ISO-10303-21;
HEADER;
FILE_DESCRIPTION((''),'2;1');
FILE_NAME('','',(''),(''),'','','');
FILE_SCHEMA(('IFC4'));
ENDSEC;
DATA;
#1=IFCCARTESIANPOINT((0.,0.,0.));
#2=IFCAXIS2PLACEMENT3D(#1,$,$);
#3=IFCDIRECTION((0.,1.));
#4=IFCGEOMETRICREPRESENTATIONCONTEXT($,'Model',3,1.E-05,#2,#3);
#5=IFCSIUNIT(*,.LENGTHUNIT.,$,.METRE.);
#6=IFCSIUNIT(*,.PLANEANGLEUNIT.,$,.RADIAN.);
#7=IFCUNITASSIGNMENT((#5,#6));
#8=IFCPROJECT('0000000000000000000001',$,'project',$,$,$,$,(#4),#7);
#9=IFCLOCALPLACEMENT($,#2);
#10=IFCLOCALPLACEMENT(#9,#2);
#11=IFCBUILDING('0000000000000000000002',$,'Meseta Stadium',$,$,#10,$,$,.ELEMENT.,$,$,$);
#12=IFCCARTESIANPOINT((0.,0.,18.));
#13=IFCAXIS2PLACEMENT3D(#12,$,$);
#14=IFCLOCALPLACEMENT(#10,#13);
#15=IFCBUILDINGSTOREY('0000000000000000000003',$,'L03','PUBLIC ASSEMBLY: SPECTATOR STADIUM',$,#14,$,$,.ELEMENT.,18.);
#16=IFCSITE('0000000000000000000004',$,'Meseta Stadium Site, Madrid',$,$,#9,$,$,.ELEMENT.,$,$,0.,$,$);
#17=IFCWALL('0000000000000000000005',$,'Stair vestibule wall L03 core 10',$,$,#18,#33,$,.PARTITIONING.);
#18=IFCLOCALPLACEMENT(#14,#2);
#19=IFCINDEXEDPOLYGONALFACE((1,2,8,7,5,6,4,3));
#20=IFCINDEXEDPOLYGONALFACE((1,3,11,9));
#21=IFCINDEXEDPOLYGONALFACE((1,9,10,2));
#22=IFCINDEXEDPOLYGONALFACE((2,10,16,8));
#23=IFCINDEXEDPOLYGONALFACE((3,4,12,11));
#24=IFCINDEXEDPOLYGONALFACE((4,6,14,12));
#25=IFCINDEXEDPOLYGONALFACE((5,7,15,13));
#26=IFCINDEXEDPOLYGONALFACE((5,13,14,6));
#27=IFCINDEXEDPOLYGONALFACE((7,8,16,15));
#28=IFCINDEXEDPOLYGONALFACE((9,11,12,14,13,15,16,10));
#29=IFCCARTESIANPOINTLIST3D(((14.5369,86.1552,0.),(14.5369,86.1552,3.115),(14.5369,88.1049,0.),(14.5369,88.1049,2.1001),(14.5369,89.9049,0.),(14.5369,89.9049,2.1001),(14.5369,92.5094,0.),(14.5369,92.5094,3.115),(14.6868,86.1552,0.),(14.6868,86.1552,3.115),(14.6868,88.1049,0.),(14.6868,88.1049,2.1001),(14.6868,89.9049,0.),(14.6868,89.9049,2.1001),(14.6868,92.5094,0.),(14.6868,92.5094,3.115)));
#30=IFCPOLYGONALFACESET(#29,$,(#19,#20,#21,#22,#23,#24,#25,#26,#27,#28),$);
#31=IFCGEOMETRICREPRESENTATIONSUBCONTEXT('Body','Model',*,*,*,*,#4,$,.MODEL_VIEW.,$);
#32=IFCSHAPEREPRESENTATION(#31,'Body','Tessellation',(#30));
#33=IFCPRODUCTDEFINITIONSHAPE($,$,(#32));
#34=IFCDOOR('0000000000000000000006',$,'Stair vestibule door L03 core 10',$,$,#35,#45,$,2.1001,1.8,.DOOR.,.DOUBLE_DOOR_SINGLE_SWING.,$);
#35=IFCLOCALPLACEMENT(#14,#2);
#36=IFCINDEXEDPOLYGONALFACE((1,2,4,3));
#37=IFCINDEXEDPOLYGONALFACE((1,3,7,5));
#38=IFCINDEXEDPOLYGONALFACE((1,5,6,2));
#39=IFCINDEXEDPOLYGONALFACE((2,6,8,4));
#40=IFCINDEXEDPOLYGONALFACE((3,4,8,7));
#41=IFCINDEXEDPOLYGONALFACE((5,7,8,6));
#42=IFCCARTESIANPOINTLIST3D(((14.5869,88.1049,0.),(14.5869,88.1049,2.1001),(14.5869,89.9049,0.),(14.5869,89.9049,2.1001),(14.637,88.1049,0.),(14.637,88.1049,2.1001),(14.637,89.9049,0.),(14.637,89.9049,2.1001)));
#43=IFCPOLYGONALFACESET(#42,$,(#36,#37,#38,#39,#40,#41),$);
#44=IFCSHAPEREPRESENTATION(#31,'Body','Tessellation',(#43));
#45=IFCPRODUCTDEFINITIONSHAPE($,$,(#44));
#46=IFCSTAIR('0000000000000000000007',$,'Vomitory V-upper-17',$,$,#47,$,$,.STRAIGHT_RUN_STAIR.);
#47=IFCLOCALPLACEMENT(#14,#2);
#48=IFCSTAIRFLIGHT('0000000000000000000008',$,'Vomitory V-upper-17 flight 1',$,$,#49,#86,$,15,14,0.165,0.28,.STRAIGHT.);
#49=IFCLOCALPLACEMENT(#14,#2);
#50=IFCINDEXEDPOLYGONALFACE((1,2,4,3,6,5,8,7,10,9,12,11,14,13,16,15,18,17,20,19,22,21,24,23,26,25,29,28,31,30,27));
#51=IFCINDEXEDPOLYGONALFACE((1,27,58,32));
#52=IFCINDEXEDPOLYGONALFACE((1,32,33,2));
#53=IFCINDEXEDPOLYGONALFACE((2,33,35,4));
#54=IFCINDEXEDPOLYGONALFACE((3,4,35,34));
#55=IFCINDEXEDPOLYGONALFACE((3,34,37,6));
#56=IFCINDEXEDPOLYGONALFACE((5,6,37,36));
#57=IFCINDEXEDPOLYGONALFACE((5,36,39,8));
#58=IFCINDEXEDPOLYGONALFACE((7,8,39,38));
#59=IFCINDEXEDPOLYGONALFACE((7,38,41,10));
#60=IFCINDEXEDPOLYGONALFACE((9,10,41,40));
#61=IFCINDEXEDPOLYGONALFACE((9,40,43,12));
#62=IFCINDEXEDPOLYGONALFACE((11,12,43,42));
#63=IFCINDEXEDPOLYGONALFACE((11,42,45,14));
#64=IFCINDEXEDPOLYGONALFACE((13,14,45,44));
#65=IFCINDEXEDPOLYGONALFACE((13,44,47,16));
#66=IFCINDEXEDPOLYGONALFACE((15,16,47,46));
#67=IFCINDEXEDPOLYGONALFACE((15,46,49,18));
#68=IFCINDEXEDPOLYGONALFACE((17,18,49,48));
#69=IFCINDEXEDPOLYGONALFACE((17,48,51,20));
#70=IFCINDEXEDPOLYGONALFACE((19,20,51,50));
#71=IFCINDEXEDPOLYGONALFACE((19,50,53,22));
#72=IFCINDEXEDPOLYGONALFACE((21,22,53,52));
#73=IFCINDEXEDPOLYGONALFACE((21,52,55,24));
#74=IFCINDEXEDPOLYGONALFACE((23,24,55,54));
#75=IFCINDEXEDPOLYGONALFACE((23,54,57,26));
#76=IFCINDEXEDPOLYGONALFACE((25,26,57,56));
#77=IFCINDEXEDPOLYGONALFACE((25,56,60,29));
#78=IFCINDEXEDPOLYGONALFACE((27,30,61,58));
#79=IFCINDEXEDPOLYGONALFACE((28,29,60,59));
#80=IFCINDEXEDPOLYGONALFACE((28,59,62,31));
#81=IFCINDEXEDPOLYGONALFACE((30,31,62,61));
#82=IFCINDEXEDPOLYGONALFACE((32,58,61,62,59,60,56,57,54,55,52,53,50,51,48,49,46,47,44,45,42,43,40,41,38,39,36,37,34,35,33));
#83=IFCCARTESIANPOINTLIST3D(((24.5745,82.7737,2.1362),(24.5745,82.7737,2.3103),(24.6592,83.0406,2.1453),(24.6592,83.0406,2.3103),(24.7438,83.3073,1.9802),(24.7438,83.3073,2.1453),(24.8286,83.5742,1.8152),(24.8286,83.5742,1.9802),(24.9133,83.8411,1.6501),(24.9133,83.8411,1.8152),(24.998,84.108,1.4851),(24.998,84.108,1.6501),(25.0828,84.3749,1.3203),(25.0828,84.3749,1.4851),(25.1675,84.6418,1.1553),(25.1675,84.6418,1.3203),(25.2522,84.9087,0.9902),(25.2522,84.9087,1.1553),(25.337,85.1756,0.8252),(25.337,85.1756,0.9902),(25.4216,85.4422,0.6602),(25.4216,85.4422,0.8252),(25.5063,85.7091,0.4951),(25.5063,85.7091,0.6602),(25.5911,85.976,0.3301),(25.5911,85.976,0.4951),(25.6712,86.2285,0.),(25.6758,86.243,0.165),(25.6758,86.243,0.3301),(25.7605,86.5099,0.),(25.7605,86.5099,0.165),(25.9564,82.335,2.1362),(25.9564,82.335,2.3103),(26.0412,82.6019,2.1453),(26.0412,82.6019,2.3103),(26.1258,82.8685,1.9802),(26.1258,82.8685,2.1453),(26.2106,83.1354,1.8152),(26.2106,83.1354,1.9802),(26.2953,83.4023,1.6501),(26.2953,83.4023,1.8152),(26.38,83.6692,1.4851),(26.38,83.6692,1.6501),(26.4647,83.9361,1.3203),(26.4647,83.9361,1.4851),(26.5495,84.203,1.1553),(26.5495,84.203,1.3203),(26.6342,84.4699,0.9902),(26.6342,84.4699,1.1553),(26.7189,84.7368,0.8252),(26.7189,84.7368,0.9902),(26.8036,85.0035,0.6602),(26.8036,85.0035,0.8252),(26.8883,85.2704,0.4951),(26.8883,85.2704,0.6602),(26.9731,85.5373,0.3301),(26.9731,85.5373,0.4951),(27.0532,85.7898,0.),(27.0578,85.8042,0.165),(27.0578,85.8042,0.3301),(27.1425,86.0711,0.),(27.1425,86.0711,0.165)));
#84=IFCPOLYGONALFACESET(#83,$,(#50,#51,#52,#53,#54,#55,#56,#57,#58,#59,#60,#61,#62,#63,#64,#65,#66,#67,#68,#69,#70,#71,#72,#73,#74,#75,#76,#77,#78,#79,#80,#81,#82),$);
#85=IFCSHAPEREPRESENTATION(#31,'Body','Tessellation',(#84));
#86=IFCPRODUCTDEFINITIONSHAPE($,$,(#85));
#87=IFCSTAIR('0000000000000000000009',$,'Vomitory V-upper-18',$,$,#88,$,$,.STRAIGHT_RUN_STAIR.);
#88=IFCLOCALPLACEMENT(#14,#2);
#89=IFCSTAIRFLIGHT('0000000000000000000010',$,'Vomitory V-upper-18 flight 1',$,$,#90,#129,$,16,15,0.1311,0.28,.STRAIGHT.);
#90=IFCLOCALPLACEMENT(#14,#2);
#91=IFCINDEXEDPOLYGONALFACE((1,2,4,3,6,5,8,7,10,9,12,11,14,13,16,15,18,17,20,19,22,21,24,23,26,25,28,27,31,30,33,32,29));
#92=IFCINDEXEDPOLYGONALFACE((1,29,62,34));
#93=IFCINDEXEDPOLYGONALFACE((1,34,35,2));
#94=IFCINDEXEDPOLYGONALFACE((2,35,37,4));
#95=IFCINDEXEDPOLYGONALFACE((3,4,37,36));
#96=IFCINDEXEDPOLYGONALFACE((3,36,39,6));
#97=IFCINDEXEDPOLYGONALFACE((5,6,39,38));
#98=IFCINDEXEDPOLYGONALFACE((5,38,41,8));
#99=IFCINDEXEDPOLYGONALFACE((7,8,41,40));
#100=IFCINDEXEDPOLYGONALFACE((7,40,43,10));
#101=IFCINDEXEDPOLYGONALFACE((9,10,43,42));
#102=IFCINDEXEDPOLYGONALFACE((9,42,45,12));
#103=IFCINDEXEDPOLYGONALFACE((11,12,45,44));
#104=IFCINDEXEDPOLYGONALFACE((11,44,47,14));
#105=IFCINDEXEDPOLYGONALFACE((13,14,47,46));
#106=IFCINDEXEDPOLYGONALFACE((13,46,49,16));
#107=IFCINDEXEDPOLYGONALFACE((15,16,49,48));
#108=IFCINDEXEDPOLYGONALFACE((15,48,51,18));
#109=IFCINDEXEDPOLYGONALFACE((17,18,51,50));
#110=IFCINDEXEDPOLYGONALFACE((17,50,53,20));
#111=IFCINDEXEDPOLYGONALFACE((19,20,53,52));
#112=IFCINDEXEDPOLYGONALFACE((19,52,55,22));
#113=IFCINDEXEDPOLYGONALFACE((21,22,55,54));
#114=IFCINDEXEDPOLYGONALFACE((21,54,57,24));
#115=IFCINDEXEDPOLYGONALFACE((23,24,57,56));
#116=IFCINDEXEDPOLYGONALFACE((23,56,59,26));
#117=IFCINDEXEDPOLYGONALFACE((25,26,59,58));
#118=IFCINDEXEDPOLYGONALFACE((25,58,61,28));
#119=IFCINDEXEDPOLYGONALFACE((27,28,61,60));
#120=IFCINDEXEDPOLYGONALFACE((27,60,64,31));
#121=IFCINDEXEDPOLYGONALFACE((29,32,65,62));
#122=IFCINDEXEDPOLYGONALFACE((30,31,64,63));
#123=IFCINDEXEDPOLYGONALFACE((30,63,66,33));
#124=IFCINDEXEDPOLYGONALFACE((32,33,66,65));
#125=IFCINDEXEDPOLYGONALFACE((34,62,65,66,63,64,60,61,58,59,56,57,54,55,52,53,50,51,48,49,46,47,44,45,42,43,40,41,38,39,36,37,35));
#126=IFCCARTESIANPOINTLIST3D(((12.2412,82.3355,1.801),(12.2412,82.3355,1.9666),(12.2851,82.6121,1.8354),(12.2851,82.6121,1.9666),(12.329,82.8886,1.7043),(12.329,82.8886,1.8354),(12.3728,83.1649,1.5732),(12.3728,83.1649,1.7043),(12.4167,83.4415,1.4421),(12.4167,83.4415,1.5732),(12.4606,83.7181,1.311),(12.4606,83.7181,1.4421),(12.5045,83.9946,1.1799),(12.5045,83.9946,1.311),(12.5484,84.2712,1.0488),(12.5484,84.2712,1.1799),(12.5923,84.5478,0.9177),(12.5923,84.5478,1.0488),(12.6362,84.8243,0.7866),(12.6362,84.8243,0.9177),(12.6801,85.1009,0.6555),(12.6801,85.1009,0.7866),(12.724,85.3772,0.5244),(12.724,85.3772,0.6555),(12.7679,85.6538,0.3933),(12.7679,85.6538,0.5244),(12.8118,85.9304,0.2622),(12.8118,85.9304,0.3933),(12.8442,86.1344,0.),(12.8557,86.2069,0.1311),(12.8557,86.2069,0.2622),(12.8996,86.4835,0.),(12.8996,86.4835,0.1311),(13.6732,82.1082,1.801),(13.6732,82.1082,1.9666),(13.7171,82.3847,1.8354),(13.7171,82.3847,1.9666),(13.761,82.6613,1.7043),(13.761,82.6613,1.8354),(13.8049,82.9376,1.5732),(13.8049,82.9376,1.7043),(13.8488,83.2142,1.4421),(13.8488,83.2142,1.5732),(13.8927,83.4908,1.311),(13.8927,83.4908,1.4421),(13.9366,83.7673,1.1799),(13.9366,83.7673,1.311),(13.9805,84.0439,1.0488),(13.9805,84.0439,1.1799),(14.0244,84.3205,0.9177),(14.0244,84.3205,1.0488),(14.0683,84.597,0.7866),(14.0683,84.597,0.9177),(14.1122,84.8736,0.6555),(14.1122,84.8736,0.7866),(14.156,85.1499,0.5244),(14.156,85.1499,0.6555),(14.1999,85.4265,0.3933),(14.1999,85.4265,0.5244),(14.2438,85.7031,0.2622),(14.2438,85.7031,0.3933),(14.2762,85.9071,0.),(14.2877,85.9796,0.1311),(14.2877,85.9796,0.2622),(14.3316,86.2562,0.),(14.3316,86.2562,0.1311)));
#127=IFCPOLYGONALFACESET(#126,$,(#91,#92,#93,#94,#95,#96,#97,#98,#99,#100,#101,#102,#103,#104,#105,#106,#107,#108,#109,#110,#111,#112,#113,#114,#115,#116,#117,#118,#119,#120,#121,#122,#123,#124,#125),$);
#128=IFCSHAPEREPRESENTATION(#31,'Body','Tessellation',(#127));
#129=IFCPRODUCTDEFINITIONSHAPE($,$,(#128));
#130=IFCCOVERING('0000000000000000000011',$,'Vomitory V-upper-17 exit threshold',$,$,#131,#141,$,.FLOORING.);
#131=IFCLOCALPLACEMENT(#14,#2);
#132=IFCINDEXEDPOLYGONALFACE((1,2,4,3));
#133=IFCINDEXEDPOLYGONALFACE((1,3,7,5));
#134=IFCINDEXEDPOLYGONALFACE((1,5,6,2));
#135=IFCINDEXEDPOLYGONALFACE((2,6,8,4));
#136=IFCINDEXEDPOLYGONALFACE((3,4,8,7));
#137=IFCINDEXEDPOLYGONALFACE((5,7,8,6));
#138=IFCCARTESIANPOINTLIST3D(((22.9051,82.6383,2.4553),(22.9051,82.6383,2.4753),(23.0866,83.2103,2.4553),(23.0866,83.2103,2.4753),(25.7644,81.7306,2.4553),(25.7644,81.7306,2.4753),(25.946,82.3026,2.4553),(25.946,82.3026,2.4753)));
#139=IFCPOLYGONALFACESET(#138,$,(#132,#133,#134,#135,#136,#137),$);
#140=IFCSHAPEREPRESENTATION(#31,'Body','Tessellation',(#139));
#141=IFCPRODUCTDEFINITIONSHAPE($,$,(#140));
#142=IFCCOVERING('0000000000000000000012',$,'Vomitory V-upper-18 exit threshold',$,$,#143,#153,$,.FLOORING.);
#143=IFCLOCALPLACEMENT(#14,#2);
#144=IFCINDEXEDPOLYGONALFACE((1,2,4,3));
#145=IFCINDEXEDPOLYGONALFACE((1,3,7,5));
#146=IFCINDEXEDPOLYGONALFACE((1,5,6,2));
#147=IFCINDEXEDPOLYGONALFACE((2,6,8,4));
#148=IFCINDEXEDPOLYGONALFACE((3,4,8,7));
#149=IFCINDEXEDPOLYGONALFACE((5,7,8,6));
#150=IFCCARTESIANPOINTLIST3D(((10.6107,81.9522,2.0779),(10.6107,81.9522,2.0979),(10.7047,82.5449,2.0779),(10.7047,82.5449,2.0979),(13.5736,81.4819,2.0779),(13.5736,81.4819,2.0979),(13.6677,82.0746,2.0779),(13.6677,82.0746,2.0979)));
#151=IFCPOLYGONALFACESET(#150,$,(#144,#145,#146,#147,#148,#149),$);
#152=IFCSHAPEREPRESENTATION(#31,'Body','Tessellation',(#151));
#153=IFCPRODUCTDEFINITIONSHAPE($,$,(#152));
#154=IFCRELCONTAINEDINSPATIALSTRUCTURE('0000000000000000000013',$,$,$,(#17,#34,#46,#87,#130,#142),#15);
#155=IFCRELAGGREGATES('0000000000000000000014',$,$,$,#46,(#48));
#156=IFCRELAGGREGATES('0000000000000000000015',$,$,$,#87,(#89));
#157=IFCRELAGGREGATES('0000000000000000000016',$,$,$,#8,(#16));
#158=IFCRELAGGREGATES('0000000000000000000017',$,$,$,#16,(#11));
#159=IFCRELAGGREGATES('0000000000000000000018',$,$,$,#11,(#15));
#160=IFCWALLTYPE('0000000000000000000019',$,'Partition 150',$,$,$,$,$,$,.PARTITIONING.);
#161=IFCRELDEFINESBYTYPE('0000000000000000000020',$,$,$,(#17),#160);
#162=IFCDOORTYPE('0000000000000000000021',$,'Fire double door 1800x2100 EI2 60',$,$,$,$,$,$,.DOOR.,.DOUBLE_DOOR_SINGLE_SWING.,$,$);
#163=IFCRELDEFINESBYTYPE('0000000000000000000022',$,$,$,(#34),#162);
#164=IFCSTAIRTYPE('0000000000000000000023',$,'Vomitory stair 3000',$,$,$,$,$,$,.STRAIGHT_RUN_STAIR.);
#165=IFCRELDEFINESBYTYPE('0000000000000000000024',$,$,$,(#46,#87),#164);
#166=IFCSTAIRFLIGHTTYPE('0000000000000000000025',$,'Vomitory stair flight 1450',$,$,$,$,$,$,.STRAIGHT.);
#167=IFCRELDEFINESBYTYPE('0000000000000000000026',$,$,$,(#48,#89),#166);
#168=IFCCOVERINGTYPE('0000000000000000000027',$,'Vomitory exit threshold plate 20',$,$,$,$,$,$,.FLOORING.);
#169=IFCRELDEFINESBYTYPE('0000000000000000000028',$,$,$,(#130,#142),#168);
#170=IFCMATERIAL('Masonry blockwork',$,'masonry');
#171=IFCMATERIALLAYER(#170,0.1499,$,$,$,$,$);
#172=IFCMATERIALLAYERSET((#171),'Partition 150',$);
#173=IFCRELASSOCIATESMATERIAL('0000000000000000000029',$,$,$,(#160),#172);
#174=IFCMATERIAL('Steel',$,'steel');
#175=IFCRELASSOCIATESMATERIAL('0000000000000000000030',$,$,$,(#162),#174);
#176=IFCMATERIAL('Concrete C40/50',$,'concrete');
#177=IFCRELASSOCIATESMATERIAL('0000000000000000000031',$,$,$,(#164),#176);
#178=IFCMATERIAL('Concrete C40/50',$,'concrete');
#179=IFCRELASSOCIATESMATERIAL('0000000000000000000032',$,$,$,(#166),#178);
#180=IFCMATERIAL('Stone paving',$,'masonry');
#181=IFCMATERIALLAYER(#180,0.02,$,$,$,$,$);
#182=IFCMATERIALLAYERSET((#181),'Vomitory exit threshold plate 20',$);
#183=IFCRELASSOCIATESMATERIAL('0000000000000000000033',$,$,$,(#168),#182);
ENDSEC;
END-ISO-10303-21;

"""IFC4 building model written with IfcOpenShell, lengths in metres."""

from ifc_helpers import new_model, si_unit, direction, frame, frame_2d, origin, origin_2d, place, context, subcontext, project, spatial, polyline, rectangle, outline, extrude, material, layer, layer_set, type_object, element, fill, aggregate, save


model = new_model("IFC4")

# Units and contexts
model_context = context("Model", 3, precision=1e-05, world=origin(), true_north=direction((0.0, 1.0)))
body_context = subcontext(model_context, "Body", "Model", "MODEL_VIEW")
ifc_project = project(units=[si_unit("LENGTHUNIT", "METRE"), si_unit("PLANEANGLEUNIT", "RADIAN")], contexts=[model_context])

# Site, building, storey
site_placement = place(None, origin())
site = spatial("IfcSite", under=ifc_project, at=site_placement, Name="Meseta Stadium Site, Madrid", CompositionType="ELEMENT", RefElevation=0.0)
building_placement = place(site_placement, origin())
building = spatial("IfcBuilding", under=site, at=building_placement, Name="Meseta Stadium", CompositionType="ELEMENT")
storey_placement = place(building_placement, frame((0.0, 0.0, 18.0)))
storey = spatial("IfcBuildingStorey", under=building, at=storey_placement, Name="L03", Description="PUBLIC ASSEMBLY: SPECTATOR STADIUM", CompositionType="ELEMENT", Elevation=18.0)

# Shared definitions
ifc_material_1 = material(Name="Masonry blockwork", Category="masonry")
ifc_layer_1 = layer(ifc_material_1, 0.1499)
ifc_layer_set_1 = layer_set([ifc_layer_1], Name="Partition 150")
wall_type = type_object("IfcWallType", Name="Partition 150", PredefinedType="PARTITIONING", material=ifc_layer_set_1)

# Wall, opening, door
wall_1_placement = place(storey_placement, frame((14.6118, 86.155, 0.0), z_axis=(0.0, 0.0, 1.0), x_axis=(0.0, 1.0, 0.0)))
wall_1 = element("IfcWall", 1, at=wall_1_placement, inside=storey, type_object=wall_type, Name="Stair vestibule wall L03 core 10", PredefinedType="PARTITIONING", context=body_context, shape_type="SweptSolid", body=[
    extrude(rectangle(XDim=6.3542, YDim=0.1499, at=frame_2d((3.1772, 0.0))), origin(), (0.0, 0.0, 1.0), 3.115),
])
opening_placement = place(wall_1_placement, frame((1.95, 0.0, 0.0)))
opening = element("IfcOpeningElement", 2, at=opening_placement, cuts=wall_1, PredefinedType="OPENING", context=body_context, shape_type="SweptSolid", body=[
    extrude(rectangle(XDim=1.8, YDim=2.1001, at=frame_2d((0.8999, 1.05))), frame((0.0, 0.085, 0.0), z_axis=(0.0, -1.0, 0.0), x_axis=(1.0, 0.0, 0.0)), (0.0, 0.0, 1.0), 0.1699),
])
ifc_material_2 = material(Name="Steel", Category="steel")
door_type = type_object("IfcDoorType", Name="Fire double door 1800x2100 EI2 60", OperationType="DOUBLE_DOOR_SINGLE_SWING", PredefinedType="DOOR", material=ifc_material_2)
door_placement = place(opening_placement, origin())
door = element("IfcDoor", 3, at=door_placement, inside=storey, type_object=door_type, Name="Stair vestibule door L03 core 10", OperationType="DOUBLE_DOOR_SINGLE_SWING", OverallHeight=2.1001, OverallWidth=1.8, PredefinedType="DOOR", context=body_context, shape_type="SweptSolid", body=[
    extrude(rectangle(XDim=1.8, YDim=2.1001, at=frame_2d((0.8999, 1.05))), frame((0.0, 0.0249, 0.0), z_axis=(0.0, -1.0, 0.0), x_axis=(1.0, 0.0, 0.0)), (0.0, 0.0, 1.0), 0.05),
])
fill(opening, door)

# Stairs, stair flights
ifc_material_3 = material(Name="Concrete C40/50", Category="concrete")
stair_type = type_object("IfcStairType", Name="Vomitory stair 3000", PredefinedType="STRAIGHT_RUN_STAIR", material=ifc_material_3)
stair_1_placement = place(storey_placement, origin())
stair_1 = element("IfcStair", 4, at=stair_1_placement, inside=storey, type_object=stair_type, Name="Vomitory V-upper-17", PredefinedType="STRAIGHT_RUN_STAIR")
ifc_material_4 = material(Name="Concrete C40/50", Category="concrete")
stair_flight_type = type_object("IfcStairFlightType", Name="Vomitory stair flight 1450", PredefinedType="STRAIGHT", material=ifc_material_4)
stair_flight_1_placement = place(storey_placement, frame((26.4514, 86.2905, 0.0), z_axis=(0.0, 0.0, 1.0), x_axis=(-0.30258, -0.953124, 0.0)))
stair_flight_1 = element("IfcStairFlight", 5, at=stair_flight_1_placement, type_object=stair_flight_type, Name="Vomitory V-upper-17 flight 1", NumberOfRisers=15, NumberOfTreads=14, PredefinedType="STRAIGHT", RiserHeight=0.165, TreadLength=0.28, context=body_context, shape_type="SweptSolid", body=[
    extrude(outline(polyline([(0.0, 0.0), (0.0, 0.165), (0.28, 0.165), (0.28, 0.3301), (0.5601, 0.3301), (0.5601, 0.4951), (0.8401, 0.4951), (0.8401, 0.6602), (1.1201, 0.6602), (1.1201, 0.8252), (1.3999, 0.8252), (1.3999, 0.9902), (1.6799, 0.9902), (1.6799, 1.1553), (1.96, 1.1553), (1.96, 1.3203), (2.24, 1.3203), (2.24, 1.4851), (2.52, 1.4851), (2.52, 1.6501), (2.8, 1.6501), (2.8, 1.8152), (3.0801, 1.8152), (3.0801, 1.9802), (3.3601, 1.9802), (3.3601, 2.1453), (3.6399, 2.1453), (3.6399, 2.3103), (3.9199, 2.3103), (3.9199, 2.1362), (0.2952, 0.0), (0.0, 0.0)])), frame((0.0, 0.7251, 0.0), z_axis=(0.0, -1.0, 0.0), x_axis=(1.0, 0.0, 0.0)), (0.0, 0.0, 1.0), 1.45),
])
aggregate(stair_1, [stair_flight_1])
stair_2_placement = place(storey_placement, origin())
stair_2 = element("IfcStair", 6, at=stair_2_placement, inside=storey, type_object=stair_type, Name="Vomitory V-upper-18", PredefinedType="STRAIGHT_RUN_STAIR")
stair_flight_2_placement = place(storey_placement, frame((13.6155, 86.3699, 0.0), z_axis=(0.0, 0.0, 1.0), x_axis=(-0.156767, -0.987636, 0.0)))
stair_flight_2 = element("IfcStairFlight", 7, at=stair_flight_2_placement, type_object=stair_flight_type, Name="Vomitory V-upper-18 flight 1", NumberOfRisers=16, NumberOfTreads=15, PredefinedType="STRAIGHT", RiserHeight=0.1311, TreadLength=0.28, context=body_context, shape_type="SweptSolid", body=[
    extrude(outline(polyline([(0.0, 0.0), (0.0, 0.1311), (0.28, 0.1311), (0.28, 0.2622), (0.5601, 0.2622), (0.5601, 0.3933), (0.8401, 0.3933), (0.8401, 0.5244), (1.1201, 0.5244), (1.1201, 0.6555), (1.3999, 0.6555), (1.3999, 0.7866), (1.6799, 0.7866), (1.6799, 0.9177), (1.96, 0.9177), (1.96, 1.0488), (2.24, 1.0488), (2.24, 1.1799), (2.52, 1.1799), (2.52, 1.311), (2.8, 1.311), (2.8, 1.4421), (3.0801, 1.4421), (3.0801, 1.5732), (3.3601, 1.5732), (3.3601, 1.7043), (3.6399, 1.7043), (3.6399, 1.8354), (3.9199, 1.8354), (3.9199, 1.9666), (4.2, 1.9666), (4.2, 1.801), (0.3535, 0.0), (0.0, 0.0)])), frame((0.0, 0.7251, 0.0), z_axis=(0.0, -1.0, 0.0), x_axis=(1.0, 0.0, 0.0)), (0.0, 0.0, 1.0), 1.45),
])
aggregate(stair_2, [stair_flight_2])

# Coverings
ifc_material_5 = material(Name="Stone paving", Category="masonry")
ifc_layer_2 = layer(ifc_material_5, 0.02)
ifc_layer_set_2 = layer_set([ifc_layer_2], Name="Vomitory exit threshold plate 20")
covering_type = type_object("IfcCoveringType", Name="Vomitory exit threshold plate 20", PredefinedType="FLOORING", material=ifc_layer_set_2)
for number, where, z_axis, x_axis, name in (
    (8, (24.4255, 82.4705, 2.4553), (0.0, 0.0, 1.0), (-0.30258, -0.953124, 0.0), "Vomitory V-upper-17 exit threshold"),
    (9, (12.1392, 82.0134, 2.0779), (0.0, 0.0, 1.0), (-0.156767, -0.987636, 0.0), "Vomitory V-upper-18 exit threshold"),
):
    element("IfcCovering", number, at=place(storey_placement, frame(where, z_axis=z_axis, x_axis=x_axis)), inside=storey, type_object=covering_type, Name=name, PredefinedType="FLOORING", context=body_context, shape_type="SweptSolid", body=[
        extrude(rectangle(XDim=0.6001, YDim=3.0, at=origin_2d()), origin(), (0.0, 0.0, 1.0), 0.02),
    ])

save(model, "model.ifc")
